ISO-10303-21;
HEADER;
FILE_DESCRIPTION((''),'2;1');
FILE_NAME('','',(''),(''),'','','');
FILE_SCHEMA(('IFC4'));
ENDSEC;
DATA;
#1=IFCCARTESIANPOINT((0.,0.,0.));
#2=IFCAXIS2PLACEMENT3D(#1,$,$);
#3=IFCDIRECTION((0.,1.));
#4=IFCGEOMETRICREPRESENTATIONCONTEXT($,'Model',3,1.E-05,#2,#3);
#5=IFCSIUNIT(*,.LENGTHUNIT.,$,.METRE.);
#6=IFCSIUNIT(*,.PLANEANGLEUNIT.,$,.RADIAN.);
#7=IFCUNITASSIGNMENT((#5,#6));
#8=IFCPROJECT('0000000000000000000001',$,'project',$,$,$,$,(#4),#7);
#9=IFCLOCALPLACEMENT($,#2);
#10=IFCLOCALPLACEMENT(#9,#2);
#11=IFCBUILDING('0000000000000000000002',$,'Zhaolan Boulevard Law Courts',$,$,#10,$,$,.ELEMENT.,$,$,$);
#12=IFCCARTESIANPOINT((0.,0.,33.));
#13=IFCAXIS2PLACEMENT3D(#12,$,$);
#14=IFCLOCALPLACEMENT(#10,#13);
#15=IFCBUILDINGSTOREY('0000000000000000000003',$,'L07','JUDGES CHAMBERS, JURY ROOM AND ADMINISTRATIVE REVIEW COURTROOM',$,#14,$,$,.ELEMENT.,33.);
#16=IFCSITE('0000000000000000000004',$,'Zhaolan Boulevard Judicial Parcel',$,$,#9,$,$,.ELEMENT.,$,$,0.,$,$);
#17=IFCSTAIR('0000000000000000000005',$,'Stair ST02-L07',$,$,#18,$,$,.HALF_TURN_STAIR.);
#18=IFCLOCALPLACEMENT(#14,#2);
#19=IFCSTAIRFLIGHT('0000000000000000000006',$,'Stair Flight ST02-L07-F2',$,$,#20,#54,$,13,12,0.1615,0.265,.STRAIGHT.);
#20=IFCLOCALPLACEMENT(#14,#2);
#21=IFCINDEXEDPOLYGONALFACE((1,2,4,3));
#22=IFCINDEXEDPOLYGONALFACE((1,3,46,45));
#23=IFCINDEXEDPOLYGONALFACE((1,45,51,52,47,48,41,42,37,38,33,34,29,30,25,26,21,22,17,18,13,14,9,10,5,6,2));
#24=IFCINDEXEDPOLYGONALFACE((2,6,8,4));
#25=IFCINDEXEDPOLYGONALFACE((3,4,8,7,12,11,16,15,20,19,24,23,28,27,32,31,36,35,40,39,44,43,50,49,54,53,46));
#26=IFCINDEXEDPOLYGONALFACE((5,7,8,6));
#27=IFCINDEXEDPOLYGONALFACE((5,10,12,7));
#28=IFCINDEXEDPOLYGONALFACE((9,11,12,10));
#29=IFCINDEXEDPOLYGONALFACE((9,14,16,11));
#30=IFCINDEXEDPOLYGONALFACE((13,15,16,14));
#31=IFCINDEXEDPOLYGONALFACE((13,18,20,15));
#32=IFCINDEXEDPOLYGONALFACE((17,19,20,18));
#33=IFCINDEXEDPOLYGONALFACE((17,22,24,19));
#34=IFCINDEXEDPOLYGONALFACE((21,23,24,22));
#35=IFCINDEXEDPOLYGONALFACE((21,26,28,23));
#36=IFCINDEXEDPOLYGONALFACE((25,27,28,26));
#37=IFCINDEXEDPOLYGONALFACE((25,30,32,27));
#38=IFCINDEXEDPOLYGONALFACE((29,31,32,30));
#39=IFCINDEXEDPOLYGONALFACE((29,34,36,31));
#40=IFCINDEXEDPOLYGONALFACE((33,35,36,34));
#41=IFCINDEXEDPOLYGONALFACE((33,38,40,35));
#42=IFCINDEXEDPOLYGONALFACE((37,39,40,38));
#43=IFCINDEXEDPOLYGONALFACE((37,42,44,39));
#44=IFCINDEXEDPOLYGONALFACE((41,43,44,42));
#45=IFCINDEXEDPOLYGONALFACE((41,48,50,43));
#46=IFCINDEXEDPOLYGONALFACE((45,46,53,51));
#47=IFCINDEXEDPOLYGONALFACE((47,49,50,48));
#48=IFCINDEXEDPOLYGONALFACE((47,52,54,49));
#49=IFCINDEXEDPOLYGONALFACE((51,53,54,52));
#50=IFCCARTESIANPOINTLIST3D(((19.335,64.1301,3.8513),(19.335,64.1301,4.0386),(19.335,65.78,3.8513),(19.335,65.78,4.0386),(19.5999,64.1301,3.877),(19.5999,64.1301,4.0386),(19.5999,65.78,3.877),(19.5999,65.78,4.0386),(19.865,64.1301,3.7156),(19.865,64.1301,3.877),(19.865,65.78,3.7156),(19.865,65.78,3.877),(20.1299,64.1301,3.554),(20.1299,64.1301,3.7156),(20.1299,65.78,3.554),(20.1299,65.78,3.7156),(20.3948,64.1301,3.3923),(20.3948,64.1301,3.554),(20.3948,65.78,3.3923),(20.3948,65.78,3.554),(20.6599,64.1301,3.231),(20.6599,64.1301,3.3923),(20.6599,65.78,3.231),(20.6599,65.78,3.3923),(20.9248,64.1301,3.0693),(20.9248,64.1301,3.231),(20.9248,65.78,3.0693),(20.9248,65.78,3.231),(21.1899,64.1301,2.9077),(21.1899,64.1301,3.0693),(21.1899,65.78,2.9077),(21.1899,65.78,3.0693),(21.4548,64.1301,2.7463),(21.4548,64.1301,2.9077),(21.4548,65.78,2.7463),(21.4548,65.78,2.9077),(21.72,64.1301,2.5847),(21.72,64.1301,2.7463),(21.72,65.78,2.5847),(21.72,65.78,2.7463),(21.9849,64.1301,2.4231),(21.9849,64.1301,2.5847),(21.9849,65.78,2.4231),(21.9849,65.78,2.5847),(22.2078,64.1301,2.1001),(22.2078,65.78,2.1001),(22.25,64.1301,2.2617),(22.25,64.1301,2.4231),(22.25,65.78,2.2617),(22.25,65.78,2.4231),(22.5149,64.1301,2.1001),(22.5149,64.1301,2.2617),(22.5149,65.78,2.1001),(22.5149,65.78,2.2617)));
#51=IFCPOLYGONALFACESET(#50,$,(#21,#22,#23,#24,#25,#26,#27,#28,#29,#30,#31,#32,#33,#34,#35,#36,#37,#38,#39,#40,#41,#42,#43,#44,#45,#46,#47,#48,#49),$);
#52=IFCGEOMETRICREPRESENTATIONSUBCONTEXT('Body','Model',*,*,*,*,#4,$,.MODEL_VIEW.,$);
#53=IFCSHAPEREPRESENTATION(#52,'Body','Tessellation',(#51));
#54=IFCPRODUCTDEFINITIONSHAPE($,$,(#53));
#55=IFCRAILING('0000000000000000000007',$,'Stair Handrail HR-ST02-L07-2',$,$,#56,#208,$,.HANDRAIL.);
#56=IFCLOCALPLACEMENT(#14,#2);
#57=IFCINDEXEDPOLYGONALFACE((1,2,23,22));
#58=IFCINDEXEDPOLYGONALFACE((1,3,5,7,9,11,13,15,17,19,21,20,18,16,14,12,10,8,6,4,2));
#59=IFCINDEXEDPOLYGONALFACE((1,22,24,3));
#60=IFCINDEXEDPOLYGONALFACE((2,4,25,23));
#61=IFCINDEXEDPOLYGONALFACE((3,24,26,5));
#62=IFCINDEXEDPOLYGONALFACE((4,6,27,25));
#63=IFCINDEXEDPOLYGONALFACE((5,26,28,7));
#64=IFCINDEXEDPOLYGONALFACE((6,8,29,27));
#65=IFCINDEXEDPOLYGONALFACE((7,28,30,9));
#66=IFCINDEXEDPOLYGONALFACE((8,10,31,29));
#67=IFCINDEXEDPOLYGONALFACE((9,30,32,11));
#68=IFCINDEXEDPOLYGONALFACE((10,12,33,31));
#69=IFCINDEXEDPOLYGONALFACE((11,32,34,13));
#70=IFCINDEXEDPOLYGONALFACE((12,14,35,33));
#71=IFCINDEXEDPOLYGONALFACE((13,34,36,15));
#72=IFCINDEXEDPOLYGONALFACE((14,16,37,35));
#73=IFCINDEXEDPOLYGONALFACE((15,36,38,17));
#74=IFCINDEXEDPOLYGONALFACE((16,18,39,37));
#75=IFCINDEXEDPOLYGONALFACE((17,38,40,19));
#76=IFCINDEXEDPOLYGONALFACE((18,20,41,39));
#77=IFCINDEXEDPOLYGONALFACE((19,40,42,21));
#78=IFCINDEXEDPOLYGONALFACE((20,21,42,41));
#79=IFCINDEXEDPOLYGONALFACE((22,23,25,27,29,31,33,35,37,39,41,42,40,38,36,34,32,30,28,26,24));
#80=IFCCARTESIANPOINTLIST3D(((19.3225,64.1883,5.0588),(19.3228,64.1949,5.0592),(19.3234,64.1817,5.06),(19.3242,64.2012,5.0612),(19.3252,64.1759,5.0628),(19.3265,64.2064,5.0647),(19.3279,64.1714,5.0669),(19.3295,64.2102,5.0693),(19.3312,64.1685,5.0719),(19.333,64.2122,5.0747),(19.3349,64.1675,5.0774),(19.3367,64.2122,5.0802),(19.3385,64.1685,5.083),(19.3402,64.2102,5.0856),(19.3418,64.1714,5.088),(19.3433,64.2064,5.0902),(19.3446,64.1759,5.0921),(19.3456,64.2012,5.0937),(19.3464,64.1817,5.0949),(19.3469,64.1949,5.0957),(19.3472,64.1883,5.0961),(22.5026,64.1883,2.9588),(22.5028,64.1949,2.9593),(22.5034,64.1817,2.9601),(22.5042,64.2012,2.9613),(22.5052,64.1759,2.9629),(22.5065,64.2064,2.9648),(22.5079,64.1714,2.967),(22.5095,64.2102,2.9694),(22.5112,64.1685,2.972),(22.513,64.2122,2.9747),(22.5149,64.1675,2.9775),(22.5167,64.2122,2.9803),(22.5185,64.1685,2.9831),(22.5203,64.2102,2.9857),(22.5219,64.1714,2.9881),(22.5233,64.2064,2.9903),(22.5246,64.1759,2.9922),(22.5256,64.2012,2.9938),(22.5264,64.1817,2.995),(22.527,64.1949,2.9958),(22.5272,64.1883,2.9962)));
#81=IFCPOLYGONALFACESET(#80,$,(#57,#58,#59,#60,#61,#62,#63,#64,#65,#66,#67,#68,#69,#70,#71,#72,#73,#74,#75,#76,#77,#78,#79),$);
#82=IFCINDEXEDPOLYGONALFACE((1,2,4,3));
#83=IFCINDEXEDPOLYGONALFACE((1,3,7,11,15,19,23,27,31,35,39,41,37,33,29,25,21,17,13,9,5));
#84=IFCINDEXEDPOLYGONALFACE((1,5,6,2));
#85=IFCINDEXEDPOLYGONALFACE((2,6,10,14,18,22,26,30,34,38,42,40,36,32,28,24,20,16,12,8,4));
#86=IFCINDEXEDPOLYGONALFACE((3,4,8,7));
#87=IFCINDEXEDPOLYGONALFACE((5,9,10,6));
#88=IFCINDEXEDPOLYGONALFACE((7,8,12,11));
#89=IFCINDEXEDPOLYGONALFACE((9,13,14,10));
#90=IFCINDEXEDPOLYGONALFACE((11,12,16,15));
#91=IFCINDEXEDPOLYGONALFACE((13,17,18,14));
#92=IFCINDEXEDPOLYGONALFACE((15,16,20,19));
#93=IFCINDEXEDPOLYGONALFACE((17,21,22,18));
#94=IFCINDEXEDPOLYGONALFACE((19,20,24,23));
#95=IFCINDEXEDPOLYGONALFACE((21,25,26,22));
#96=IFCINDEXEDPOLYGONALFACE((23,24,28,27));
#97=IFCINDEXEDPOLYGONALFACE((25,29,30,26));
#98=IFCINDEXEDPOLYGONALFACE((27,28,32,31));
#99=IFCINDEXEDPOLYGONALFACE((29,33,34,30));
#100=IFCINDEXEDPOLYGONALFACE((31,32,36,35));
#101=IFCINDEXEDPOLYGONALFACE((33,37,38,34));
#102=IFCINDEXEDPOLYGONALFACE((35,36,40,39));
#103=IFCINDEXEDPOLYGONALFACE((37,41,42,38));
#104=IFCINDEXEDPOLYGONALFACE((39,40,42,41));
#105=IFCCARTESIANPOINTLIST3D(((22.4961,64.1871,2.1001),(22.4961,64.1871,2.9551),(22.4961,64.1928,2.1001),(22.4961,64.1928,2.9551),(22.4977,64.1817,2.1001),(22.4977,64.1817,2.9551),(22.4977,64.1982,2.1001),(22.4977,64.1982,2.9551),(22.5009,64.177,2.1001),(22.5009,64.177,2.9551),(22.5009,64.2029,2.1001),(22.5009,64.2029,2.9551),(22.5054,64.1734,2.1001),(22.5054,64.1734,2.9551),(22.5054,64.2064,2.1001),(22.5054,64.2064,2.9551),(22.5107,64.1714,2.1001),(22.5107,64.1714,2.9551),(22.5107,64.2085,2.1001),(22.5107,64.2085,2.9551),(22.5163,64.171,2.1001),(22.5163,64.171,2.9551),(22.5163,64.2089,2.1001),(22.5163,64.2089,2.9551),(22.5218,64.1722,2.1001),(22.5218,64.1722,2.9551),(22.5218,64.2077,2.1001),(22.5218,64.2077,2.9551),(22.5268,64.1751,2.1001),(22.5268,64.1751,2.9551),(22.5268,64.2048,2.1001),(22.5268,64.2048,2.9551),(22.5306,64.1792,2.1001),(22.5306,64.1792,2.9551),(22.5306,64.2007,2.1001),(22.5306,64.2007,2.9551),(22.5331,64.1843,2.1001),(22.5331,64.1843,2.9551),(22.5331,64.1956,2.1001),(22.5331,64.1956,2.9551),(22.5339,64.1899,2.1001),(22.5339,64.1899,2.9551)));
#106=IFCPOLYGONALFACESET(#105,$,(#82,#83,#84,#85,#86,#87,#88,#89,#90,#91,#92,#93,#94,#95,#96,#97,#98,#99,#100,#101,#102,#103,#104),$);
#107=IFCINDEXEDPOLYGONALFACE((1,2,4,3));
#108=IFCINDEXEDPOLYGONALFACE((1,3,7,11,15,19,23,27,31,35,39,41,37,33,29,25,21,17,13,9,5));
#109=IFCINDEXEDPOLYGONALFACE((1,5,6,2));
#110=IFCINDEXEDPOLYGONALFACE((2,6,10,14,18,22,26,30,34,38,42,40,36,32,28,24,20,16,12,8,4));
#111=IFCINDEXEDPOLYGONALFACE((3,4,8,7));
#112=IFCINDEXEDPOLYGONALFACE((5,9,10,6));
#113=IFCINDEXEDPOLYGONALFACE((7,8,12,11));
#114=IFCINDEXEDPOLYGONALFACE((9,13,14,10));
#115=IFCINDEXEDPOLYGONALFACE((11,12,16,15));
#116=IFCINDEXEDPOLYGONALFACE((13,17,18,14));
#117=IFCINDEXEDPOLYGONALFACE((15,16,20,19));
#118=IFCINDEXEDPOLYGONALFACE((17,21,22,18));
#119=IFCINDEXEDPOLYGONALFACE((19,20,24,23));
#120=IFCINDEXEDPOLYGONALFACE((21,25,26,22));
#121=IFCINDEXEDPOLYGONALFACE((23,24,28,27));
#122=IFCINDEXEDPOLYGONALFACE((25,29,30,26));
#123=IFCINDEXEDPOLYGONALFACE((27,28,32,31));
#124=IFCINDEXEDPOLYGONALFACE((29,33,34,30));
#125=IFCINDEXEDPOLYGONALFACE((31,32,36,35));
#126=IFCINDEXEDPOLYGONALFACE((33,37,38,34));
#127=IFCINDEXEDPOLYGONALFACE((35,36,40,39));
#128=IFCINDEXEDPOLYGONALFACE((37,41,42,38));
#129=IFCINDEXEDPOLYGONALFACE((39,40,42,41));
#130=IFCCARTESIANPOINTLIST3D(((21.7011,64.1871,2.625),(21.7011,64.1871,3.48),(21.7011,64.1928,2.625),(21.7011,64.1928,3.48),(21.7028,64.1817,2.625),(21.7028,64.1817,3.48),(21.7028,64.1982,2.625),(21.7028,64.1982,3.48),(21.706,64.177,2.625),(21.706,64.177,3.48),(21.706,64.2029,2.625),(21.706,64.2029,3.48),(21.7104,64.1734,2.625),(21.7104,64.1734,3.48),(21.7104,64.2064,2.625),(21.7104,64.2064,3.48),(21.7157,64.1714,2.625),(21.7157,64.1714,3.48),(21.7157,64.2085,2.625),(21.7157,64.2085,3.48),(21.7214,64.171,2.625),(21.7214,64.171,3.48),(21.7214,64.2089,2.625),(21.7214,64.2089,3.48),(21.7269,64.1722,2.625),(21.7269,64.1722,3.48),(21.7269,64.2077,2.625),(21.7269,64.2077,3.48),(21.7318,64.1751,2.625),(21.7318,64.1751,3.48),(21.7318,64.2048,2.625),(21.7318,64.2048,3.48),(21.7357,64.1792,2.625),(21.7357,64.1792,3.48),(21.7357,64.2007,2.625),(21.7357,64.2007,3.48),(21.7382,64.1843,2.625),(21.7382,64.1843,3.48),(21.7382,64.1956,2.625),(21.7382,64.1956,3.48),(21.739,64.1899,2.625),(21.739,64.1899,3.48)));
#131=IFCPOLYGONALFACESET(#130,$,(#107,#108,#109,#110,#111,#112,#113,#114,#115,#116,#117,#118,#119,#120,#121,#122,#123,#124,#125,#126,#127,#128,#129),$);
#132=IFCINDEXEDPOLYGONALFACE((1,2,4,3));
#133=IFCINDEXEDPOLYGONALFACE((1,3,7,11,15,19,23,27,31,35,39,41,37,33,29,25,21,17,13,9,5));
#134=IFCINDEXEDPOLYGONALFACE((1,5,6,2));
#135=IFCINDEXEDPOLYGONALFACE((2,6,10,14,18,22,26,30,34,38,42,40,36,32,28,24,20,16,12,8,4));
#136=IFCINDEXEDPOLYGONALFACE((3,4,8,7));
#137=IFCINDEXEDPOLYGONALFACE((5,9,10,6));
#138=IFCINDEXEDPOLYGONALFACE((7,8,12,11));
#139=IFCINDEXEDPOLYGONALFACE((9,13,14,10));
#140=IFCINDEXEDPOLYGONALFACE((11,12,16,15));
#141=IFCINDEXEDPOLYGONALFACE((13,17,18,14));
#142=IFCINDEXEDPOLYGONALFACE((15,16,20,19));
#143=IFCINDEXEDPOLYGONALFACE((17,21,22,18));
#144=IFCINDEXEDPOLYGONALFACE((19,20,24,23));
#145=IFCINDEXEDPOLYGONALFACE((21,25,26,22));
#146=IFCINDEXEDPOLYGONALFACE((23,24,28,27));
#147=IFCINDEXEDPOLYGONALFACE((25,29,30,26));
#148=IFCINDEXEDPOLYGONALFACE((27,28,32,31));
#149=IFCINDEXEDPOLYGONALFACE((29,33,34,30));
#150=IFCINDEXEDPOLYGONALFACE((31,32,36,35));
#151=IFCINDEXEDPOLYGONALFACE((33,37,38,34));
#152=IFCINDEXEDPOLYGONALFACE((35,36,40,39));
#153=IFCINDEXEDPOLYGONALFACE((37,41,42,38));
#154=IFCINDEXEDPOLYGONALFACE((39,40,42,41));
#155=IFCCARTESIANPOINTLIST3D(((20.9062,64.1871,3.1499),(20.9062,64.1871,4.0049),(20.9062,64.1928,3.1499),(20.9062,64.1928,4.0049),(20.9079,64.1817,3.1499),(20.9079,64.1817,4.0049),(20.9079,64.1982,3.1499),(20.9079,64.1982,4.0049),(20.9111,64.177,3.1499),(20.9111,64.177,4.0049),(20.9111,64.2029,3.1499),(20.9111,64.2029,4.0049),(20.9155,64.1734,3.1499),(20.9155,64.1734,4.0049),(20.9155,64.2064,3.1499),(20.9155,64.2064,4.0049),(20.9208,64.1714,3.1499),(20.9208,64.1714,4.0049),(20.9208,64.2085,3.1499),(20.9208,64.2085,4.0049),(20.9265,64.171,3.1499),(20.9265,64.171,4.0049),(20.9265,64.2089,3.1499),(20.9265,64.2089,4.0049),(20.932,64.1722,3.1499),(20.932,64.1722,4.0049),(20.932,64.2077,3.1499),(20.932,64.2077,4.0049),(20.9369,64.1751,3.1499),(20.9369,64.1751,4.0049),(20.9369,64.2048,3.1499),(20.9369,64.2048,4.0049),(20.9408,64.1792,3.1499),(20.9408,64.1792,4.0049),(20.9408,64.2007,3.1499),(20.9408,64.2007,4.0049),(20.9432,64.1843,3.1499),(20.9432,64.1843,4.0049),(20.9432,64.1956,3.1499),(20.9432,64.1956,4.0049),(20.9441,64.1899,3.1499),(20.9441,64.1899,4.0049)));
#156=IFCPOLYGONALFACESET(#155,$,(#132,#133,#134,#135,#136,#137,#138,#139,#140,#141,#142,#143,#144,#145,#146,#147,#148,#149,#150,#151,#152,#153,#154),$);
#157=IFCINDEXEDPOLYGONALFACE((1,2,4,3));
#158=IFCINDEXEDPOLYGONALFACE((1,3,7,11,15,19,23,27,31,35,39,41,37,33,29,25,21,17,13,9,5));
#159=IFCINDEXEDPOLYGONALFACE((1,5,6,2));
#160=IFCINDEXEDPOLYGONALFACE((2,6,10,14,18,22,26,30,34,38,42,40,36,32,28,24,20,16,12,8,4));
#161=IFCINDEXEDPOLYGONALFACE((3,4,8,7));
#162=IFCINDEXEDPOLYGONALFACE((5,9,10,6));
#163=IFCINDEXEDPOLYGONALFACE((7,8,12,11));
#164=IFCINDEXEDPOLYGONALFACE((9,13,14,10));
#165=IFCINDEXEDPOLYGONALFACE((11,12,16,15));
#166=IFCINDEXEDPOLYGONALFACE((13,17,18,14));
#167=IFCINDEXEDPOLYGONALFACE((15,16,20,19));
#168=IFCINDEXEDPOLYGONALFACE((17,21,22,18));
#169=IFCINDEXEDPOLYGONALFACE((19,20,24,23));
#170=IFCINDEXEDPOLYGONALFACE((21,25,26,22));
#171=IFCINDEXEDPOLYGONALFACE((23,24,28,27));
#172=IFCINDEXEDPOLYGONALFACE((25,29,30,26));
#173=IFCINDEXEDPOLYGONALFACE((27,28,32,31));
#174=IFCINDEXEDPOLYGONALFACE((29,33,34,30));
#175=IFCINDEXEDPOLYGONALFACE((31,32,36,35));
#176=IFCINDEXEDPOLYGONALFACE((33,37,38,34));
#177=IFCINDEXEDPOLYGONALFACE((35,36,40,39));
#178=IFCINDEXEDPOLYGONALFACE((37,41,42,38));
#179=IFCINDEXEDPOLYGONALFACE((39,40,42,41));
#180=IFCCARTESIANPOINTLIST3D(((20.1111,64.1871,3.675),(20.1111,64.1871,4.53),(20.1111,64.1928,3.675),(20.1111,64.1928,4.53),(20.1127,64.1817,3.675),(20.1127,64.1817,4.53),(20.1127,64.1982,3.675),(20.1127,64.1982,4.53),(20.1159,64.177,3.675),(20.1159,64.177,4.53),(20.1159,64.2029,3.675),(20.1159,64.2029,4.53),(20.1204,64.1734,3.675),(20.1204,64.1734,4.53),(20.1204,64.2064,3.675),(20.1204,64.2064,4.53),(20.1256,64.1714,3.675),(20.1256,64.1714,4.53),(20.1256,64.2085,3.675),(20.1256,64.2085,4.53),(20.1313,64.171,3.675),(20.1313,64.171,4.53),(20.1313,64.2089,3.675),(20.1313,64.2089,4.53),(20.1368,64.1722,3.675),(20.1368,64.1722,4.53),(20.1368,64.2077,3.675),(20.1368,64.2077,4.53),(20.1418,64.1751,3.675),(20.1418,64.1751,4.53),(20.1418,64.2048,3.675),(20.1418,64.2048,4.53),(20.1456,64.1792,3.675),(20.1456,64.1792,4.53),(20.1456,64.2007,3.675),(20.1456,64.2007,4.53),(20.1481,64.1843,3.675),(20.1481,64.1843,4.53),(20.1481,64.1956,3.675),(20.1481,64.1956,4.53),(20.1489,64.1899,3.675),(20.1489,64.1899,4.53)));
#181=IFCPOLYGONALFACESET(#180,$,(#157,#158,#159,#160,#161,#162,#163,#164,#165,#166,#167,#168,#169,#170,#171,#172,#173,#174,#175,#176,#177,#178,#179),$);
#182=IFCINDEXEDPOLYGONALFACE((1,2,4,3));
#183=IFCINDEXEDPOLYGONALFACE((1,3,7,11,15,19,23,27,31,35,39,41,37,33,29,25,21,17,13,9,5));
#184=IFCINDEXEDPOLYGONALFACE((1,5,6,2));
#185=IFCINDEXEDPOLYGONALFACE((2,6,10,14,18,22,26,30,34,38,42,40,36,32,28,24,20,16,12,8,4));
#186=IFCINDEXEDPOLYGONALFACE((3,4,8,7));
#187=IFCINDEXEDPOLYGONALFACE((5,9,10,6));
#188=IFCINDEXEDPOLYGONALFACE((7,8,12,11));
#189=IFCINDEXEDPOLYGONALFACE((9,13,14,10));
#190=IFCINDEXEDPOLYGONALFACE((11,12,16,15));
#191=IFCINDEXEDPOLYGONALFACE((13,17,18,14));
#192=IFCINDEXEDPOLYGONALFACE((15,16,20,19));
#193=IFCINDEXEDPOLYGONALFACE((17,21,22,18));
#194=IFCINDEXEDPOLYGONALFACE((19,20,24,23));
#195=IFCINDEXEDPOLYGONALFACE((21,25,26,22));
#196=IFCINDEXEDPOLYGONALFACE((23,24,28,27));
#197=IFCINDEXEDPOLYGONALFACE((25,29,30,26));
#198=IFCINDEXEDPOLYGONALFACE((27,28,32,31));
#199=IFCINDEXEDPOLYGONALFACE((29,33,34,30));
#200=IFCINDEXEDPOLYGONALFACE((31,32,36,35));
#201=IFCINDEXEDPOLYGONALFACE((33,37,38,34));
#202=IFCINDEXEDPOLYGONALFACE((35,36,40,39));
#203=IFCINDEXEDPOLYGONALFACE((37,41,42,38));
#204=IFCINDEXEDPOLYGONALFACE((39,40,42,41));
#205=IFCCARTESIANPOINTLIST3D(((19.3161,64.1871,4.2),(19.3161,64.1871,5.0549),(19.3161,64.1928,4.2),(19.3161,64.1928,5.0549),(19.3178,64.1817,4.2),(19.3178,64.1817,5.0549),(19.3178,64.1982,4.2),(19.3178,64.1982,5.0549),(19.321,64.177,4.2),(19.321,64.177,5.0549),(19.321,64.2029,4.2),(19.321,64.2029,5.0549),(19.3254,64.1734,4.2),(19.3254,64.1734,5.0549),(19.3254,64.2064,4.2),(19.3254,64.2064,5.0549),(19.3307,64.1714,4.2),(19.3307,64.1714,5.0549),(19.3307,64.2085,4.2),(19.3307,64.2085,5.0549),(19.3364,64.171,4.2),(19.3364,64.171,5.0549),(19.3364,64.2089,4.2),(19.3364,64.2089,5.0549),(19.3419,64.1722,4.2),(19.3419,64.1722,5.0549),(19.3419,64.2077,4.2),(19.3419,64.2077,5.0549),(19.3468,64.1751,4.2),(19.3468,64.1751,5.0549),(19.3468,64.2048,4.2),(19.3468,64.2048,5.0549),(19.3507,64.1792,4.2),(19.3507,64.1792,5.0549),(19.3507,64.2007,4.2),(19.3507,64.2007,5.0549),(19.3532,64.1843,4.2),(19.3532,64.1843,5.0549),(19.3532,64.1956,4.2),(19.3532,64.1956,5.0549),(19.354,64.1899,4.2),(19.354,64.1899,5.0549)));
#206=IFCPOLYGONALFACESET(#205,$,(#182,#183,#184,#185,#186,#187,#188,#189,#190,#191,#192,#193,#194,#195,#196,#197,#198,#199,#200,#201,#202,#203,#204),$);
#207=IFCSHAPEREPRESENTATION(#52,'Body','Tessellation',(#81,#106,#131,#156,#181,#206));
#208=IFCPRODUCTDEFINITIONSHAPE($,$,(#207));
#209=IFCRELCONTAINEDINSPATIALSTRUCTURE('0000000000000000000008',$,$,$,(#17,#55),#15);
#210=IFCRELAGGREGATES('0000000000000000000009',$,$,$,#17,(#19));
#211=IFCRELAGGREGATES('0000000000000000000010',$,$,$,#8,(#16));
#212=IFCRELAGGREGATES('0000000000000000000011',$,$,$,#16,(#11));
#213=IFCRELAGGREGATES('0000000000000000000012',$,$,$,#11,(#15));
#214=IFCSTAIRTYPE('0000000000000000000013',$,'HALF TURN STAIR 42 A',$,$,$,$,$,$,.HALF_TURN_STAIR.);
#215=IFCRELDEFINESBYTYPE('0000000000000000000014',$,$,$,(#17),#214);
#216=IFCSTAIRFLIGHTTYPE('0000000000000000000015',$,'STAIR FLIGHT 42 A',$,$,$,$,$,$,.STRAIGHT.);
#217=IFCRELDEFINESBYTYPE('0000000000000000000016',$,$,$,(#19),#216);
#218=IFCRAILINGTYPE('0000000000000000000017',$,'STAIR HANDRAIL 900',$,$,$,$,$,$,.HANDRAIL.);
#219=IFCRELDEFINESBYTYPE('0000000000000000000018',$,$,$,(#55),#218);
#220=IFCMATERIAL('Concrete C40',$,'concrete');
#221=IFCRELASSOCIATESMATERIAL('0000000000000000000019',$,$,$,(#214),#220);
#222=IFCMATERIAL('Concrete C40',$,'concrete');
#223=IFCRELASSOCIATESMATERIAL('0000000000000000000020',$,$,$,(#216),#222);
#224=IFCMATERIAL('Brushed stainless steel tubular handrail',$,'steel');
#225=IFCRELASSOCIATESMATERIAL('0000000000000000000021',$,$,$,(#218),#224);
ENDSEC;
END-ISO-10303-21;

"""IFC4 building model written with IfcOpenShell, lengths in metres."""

from ifc_helpers import new_model, si_unit, direction, frame, origin, origin_2d, place, context, subcontext, project, spatial, polyline, circle, outline, extrude, material, type_object, element, aggregate, save


model = new_model("IFC4")

# Units and contexts
model_context = context("Model", 3, precision=1e-05, world=origin(), true_north=direction((0.0, 1.0)))
body_context = subcontext(model_context, "Body", "Model", "MODEL_VIEW")
ifc_project = project(units=[si_unit("LENGTHUNIT", "METRE"), si_unit("PLANEANGLEUNIT", "RADIAN")], contexts=[model_context])

# Site, building, storey
site_placement = place(None, origin())
site = spatial("IfcSite", under=ifc_project, at=site_placement, Name="Zhaolan Boulevard Judicial Parcel", CompositionType="ELEMENT", RefElevation=0.0)
building_placement = place(site_placement, origin())
building = spatial("IfcBuilding", under=site, at=building_placement, Name="Zhaolan Boulevard Law Courts", CompositionType="ELEMENT")
storey_placement = place(building_placement, frame((0.0, 0.0, 33.0)))
storey = spatial("IfcBuildingStorey", under=building, at=storey_placement, Name="L07", Description="JUDGES CHAMBERS, JURY ROOM AND ADMINISTRATIVE REVIEW COURTROOM", CompositionType="ELEMENT", Elevation=33.0)

# Stair, stair flight
ifc_material_1 = material(Name="Concrete C40", Category="concrete")
stair_type = type_object("IfcStairType", Name="HALF TURN STAIR 42 A", PredefinedType="HALF_TURN_STAIR", material=ifc_material_1)
stair_placement = place(storey_placement, origin())
stair = element("IfcStair", 1, at=stair_placement, inside=storey, type_object=stair_type, Name="Stair ST02-L07", PredefinedType="HALF_TURN_STAIR")
ifc_material_2 = material(Name="Concrete C40", Category="concrete")
stair_flight_type = type_object("IfcStairFlightType", Name="STAIR FLIGHT 42 A", PredefinedType="STRAIGHT", material=ifc_material_2)
stair_flight_placement = place(storey_placement, frame((22.5149, 64.9551, 2.1001), z_axis=(0.0, 0.0, 1.0), x_axis=(-1.0, 0.0, 0.0)))
stair_flight = element("IfcStairFlight", 2, at=stair_flight_placement, type_object=stair_flight_type, Name="Stair Flight ST02-L07-F2", NumberOfRisers=13, NumberOfTreads=12, PredefinedType="STRAIGHT", RiserHeight=0.1615, TreadLength=0.265, context=body_context, shape_type="SweptSolid", body=[
    extrude(outline(polyline([(0.0, 0.0), (0.0, 0.1616), (0.2649, 0.1616), (0.2649, 0.323), (0.53, 0.323), (0.53, 0.4846), (0.7949, 0.4846), (0.7949, 0.6462), (1.0601, 0.6462), (1.0601, 0.8076), (1.325, 0.8076), (1.325, 0.9692), (1.5901, 0.9692), (1.5901, 1.1309), (1.855, 1.1309), (1.855, 1.2922), (2.1201, 1.2922), (2.1201, 1.4539), (2.385, 1.4539), (2.385, 1.6155), (2.6499, 1.6155), (2.6499, 1.7769), (2.915, 1.7769), (2.915, 1.9385), (3.1799, 1.9385), (3.1799, 2.1001), (3.1799, 1.7512), (0.3071, 0.0), (0.0, 0.0)])), frame((0.0, 0.825, 0.0), z_axis=(0.0, -1.0, 0.0), x_axis=(1.0, 0.0, 0.0)), (0.0, 0.0, 1.0), 1.6499),
])
aggregate(stair, [stair_flight])

# Railing
ifc_material_3 = material(Name="Brushed stainless steel tubular handrail", Category="steel")
railing_type_1 = type_object("IfcRailingType", Name="STAIR HANDRAIL 900", PredefinedType="HANDRAIL", material=ifc_material_3)
railing_1_placement = place(storey_placement, frame((22.5149, 64.1899, 2.1001)))
element("IfcRailing", 3, at=railing_1_placement, inside=storey, type_object=railing_type_1, Name="Stair Handrail HR-ST02-L07-2", PredefinedType="HANDRAIL", context=body_context, shape_type="SweptSolid", body=[
    extrude(circle(Radius=0.0225, at=origin_2d()), frame((0.0, 0.0, 0.8774), z_axis=(-0.834477, 0.0, 0.551043), x_axis=(0.0, -1.0, 0.0)), (0.0, 0.0, 1.0), 3.8108),
    extrude(circle(Radius=0.019, at=origin_2d()), origin(), (0.0, 0.0, 1.0), 0.855),
    extrude(circle(Radius=0.019, at=origin_2d()), frame((-0.7949, 0.0, 0.5249)), (0.0, 0.0, 1.0), 0.855),
    extrude(circle(Radius=0.019, at=origin_2d()), frame((-1.5898, 0.0, 1.0498)), (0.0, 0.0, 1.0), 0.855),
    extrude(circle(Radius=0.019, at=origin_2d()), frame((-2.385, 0.0, 1.575)), (0.0, 0.0, 1.0), 0.855),
    extrude(circle(Radius=0.019, at=origin_2d()), frame((-3.1799, 0.0, 2.0999)), (0.0, 0.0, 1.0), 0.855),
])

save(model, "model.ifc")
